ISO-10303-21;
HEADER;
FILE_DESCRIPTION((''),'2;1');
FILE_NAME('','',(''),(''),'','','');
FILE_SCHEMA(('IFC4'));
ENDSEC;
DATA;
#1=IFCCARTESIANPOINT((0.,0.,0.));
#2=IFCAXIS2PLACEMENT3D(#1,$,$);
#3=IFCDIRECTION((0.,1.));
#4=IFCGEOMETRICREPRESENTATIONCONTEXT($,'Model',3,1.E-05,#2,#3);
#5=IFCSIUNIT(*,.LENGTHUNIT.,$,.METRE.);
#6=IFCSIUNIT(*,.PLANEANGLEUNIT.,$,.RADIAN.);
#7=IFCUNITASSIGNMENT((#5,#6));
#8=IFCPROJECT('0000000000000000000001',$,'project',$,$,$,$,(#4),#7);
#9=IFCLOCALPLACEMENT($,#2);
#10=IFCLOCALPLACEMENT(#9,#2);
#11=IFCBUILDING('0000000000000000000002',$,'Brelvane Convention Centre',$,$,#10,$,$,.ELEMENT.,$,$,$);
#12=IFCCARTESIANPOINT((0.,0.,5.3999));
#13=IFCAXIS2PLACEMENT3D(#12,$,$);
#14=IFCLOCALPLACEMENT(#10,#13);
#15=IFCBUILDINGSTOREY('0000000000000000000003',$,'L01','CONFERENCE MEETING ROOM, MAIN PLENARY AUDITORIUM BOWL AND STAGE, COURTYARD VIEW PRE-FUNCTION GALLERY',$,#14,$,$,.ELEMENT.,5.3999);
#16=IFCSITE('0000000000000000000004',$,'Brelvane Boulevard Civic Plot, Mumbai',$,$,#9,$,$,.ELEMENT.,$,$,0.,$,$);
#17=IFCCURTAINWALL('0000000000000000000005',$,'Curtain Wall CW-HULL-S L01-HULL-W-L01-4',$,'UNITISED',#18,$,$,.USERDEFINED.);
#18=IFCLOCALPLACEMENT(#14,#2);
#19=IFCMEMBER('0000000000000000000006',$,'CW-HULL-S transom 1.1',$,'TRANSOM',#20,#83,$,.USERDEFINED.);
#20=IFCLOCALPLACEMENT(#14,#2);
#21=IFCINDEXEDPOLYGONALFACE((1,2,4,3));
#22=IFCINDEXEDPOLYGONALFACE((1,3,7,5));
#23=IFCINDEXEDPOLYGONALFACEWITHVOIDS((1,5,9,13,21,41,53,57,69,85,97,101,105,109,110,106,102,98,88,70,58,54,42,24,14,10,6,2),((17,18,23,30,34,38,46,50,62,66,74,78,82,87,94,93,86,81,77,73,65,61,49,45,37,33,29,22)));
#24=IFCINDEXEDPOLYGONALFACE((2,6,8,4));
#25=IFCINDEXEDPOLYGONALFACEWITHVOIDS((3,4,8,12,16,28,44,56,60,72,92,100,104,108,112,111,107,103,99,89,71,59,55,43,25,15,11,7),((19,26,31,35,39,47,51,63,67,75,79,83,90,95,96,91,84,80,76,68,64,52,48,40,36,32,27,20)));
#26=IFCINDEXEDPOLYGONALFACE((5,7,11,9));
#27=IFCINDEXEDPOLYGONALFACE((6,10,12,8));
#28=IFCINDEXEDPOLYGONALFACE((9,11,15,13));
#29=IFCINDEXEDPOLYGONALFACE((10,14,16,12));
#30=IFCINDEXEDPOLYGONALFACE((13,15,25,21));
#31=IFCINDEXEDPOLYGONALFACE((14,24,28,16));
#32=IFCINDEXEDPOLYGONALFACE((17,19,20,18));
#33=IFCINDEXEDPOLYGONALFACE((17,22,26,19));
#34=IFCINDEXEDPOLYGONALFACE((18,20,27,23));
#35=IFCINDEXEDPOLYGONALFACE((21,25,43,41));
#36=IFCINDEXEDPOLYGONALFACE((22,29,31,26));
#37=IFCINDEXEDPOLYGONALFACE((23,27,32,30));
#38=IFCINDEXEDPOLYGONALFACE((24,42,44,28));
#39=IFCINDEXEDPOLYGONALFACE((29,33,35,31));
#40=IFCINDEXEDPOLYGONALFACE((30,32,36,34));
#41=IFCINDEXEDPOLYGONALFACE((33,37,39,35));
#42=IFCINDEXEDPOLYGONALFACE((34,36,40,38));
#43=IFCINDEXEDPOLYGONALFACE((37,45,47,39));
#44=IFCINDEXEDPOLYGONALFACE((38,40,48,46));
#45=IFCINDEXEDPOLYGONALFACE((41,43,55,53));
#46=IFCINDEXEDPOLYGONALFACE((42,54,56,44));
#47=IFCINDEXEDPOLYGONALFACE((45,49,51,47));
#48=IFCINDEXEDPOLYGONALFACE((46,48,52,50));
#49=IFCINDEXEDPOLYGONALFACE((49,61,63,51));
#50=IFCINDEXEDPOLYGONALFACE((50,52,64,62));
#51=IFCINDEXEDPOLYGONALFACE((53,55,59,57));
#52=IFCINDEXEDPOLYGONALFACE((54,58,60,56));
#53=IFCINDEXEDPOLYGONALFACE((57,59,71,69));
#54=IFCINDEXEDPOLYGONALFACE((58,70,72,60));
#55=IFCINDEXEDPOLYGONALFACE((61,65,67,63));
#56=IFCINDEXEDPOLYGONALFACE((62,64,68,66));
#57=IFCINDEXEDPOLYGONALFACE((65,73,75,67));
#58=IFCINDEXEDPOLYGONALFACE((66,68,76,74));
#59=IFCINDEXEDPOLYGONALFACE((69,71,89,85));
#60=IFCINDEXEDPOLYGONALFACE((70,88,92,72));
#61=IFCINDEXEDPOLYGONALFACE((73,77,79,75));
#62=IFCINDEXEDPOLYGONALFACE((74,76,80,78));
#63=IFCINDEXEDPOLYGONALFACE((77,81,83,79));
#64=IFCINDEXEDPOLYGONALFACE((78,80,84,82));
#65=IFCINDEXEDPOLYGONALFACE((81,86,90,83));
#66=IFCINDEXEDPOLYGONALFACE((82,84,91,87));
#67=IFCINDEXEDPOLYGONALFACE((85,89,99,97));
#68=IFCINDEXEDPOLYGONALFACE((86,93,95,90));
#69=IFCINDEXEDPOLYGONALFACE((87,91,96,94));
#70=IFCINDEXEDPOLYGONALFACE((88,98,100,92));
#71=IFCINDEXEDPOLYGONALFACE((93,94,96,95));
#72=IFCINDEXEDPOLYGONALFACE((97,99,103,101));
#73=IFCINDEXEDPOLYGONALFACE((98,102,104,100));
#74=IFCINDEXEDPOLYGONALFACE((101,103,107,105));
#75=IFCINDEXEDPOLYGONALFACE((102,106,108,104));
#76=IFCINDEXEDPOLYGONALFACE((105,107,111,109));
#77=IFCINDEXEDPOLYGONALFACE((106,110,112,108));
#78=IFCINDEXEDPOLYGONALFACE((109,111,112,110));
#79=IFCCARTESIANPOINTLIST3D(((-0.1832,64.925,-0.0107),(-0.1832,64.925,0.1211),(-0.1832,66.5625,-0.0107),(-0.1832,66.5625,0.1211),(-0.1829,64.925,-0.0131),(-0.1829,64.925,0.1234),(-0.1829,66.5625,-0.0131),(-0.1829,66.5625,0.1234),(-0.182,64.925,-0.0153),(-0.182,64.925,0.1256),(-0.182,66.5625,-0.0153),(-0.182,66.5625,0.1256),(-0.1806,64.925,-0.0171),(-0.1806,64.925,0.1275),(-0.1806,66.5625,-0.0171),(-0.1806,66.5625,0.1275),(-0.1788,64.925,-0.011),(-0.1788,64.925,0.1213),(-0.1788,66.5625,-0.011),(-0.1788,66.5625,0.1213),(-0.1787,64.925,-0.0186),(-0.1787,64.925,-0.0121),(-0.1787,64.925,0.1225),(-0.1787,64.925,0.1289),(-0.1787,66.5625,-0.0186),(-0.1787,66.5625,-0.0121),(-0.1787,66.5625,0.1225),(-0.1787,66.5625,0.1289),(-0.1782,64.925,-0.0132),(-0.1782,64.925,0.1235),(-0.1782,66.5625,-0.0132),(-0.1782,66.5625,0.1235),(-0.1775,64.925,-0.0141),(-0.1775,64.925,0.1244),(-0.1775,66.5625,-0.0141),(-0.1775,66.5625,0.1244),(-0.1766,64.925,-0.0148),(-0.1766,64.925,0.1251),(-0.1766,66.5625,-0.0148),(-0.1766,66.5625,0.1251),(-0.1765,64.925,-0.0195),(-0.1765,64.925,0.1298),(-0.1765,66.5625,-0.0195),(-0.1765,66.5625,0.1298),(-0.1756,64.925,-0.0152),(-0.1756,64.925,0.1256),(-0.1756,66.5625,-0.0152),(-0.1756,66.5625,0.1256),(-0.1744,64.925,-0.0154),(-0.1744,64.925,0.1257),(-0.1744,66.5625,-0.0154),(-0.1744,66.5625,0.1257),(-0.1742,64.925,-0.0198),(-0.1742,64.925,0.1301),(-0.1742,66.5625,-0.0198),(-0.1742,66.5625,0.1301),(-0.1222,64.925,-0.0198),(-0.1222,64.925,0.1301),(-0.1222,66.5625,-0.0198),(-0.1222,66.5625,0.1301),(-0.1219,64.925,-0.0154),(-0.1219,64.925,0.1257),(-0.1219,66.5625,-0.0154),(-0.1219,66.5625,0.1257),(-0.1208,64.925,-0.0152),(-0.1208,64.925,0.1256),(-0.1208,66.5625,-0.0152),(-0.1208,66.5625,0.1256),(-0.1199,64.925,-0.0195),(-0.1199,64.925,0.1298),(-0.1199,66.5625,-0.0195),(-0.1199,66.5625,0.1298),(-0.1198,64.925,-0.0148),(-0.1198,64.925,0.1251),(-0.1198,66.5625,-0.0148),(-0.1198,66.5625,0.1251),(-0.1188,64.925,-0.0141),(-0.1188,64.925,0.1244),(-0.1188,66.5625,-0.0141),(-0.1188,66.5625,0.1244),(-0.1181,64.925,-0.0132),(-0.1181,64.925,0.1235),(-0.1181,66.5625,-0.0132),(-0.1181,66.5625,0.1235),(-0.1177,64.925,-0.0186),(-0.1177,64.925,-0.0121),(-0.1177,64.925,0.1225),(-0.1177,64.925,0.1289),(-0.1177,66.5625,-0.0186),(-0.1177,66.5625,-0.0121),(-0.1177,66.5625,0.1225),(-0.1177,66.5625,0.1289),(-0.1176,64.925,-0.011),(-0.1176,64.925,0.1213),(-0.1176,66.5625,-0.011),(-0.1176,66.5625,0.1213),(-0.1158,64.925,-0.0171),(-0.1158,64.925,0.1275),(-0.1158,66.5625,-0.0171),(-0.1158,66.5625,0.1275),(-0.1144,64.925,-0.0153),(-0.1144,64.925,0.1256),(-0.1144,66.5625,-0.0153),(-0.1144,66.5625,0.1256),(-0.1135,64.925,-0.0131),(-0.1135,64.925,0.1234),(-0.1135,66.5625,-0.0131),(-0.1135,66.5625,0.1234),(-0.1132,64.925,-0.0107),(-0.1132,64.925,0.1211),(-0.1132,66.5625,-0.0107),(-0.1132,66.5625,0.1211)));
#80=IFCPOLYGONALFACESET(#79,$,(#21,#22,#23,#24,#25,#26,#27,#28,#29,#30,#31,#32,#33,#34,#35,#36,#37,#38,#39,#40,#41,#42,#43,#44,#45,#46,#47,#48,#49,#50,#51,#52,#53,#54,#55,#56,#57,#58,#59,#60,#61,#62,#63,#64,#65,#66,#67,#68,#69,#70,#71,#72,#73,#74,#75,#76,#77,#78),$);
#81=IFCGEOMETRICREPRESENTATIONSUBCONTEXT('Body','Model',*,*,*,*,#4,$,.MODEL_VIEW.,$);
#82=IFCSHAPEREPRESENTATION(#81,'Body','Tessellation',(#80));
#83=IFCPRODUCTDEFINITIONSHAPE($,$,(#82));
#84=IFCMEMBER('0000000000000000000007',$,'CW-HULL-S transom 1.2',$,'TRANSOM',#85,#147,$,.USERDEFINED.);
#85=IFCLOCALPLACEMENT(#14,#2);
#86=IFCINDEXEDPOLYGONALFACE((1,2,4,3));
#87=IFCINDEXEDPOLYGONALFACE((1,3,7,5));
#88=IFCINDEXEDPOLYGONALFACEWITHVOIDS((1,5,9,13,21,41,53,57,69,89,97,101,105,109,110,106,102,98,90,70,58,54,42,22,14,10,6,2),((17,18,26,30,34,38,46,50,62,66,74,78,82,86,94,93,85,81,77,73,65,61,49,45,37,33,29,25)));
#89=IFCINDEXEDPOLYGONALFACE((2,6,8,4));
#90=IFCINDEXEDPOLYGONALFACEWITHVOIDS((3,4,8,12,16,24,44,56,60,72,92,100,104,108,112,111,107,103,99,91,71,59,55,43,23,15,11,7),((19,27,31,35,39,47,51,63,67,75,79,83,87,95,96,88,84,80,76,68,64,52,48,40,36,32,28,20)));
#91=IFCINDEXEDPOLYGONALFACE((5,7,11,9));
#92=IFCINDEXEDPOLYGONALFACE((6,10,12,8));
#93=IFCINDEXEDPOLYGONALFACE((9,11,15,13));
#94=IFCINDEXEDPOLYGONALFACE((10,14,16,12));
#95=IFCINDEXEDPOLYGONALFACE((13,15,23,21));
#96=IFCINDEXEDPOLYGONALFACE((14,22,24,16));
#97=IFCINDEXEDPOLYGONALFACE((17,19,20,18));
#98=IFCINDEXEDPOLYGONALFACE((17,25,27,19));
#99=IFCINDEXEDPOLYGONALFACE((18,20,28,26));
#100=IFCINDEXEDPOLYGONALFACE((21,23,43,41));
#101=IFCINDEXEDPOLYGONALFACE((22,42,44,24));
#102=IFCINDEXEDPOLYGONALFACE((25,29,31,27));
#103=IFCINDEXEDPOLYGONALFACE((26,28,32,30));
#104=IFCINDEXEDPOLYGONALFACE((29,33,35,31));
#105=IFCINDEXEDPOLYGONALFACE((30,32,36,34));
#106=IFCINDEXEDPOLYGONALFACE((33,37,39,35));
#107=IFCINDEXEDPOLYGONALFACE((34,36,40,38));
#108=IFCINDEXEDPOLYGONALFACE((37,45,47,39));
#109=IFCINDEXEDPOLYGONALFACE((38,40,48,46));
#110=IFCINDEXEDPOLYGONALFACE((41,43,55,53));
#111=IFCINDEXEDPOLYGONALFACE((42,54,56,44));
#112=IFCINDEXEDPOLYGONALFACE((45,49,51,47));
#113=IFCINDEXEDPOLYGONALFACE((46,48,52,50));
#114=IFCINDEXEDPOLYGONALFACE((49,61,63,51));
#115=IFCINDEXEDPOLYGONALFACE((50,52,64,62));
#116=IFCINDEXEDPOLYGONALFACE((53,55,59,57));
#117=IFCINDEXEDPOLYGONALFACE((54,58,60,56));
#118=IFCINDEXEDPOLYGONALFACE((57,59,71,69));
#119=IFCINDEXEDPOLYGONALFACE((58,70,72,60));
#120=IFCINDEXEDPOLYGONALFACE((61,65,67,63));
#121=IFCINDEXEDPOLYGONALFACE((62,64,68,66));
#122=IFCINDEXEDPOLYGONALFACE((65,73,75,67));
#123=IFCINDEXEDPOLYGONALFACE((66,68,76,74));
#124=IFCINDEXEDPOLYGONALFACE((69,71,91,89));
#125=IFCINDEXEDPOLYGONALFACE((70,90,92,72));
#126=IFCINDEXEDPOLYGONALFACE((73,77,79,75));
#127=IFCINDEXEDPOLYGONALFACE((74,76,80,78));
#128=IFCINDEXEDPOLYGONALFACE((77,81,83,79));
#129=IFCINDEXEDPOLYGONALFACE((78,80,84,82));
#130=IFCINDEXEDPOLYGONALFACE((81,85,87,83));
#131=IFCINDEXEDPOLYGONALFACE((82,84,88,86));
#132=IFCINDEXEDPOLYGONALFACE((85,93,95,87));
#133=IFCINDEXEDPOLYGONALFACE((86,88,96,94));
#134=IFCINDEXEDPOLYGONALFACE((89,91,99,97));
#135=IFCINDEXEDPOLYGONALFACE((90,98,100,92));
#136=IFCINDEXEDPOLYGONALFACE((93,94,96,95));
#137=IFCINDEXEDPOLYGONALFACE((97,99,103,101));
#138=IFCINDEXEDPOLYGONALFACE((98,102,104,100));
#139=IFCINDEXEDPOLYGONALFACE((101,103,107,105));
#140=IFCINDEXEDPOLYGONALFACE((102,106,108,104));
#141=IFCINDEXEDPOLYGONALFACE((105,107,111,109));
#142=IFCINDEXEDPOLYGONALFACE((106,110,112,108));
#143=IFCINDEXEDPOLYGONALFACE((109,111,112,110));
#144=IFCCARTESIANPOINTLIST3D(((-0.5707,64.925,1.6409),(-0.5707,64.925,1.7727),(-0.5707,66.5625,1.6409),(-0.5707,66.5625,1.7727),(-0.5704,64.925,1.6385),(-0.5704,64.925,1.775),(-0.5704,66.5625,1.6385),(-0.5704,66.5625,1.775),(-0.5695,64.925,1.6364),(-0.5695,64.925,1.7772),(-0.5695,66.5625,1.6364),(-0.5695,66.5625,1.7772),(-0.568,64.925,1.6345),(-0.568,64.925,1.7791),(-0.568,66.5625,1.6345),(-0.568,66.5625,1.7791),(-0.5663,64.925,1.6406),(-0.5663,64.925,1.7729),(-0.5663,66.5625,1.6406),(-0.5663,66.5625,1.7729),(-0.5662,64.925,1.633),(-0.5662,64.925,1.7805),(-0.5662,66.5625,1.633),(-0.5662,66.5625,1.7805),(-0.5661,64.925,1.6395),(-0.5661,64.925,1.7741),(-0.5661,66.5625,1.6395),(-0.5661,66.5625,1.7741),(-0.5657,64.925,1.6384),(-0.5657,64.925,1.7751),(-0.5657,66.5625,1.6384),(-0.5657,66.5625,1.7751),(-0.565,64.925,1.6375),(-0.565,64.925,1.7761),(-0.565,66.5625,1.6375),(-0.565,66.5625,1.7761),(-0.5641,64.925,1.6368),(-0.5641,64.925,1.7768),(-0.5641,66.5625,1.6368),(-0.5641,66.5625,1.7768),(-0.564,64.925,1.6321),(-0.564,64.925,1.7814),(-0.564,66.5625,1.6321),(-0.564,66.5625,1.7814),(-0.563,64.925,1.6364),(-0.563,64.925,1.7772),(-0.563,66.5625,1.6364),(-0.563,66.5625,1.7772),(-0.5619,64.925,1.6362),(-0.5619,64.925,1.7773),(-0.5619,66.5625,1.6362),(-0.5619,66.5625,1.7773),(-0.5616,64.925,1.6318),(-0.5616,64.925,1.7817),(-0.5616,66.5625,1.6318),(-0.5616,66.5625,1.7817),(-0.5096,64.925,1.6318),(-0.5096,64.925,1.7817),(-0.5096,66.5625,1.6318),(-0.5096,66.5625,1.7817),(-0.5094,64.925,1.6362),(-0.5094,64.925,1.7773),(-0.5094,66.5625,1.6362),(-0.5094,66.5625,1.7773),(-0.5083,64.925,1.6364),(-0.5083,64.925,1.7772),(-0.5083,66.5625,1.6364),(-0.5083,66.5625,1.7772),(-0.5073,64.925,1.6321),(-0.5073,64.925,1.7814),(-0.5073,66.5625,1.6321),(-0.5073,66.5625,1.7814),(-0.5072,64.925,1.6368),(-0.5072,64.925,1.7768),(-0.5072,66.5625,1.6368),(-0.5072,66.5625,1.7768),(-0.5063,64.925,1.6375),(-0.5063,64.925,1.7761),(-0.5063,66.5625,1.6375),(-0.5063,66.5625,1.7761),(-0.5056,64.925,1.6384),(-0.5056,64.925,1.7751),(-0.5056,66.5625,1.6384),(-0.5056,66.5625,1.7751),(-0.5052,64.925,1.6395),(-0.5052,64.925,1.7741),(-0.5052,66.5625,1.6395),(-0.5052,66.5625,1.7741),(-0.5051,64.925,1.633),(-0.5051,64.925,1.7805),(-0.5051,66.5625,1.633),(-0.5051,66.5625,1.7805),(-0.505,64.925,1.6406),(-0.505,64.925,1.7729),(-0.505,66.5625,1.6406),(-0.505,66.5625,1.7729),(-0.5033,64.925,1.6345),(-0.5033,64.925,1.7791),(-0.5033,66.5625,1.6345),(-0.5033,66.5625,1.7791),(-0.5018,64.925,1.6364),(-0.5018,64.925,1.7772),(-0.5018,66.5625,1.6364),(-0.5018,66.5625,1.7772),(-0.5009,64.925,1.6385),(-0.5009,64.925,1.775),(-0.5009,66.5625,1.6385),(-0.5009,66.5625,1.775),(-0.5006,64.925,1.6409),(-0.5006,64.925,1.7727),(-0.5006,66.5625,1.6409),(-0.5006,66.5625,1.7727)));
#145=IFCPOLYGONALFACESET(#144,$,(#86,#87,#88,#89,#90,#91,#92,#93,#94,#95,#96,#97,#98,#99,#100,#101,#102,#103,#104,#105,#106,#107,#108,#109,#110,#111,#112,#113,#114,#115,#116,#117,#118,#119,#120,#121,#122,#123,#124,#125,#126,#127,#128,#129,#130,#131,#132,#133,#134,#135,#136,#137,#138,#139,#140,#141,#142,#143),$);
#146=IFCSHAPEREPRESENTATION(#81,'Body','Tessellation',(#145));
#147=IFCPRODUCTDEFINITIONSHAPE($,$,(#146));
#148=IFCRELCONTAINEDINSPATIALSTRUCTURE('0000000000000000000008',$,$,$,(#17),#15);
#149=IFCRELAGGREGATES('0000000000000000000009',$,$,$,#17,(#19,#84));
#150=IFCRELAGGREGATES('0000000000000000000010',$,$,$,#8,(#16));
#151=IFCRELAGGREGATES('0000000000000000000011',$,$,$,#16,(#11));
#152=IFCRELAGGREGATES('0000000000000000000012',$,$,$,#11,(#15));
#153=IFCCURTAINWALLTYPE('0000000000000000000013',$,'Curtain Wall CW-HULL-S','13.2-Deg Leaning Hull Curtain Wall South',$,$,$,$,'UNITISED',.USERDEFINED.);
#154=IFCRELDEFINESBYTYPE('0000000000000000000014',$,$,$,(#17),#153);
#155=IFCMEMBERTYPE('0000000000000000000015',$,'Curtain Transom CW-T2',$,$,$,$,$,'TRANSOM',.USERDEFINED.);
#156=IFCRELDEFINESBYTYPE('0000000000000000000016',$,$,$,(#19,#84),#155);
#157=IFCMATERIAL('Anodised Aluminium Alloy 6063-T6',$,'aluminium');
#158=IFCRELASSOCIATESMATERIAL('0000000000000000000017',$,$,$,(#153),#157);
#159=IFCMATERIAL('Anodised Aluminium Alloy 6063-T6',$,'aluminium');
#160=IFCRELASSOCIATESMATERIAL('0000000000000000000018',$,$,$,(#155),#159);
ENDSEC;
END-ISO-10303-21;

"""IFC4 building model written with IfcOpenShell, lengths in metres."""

from ifc_helpers import new_model, si_unit, direction, frame, origin, origin_2d, place, context, subcontext, project, spatial, hollow_rectangle, extrude, material, material_profile, profile_set, type_object, element, aggregate, save


model = new_model("IFC4")

# Units and contexts
model_context = context("Model", 3, precision=1e-05, world=origin(), true_north=direction((0.0, 1.0)))
body_context = subcontext(model_context, "Body", "Model", "MODEL_VIEW")
ifc_project = project(units=[si_unit("LENGTHUNIT", "METRE"), si_unit("PLANEANGLEUNIT", "RADIAN")], contexts=[model_context])

# Site, building, storey
site_placement = place(None, origin())
site = spatial("IfcSite", under=ifc_project, at=site_placement, Name="Brelvane Boulevard Civic Plot, Mumbai", CompositionType="ELEMENT", RefElevation=0.0)
building_placement = place(site_placement, origin())
building = spatial("IfcBuilding", under=site, at=building_placement, Name="Brelvane Convention Centre", CompositionType="ELEMENT")
storey_placement = place(building_placement, frame((0.0, 0.0, 5.3999)))
storey = spatial("IfcBuildingStorey", under=building, at=storey_placement, Name="L01", Description="CONFERENCE MEETING ROOM, MAIN PLENARY AUDITORIUM BOWL AND STAGE, COURTYARD VIEW PRE-FUNCTION GALLERY", CompositionType="ELEMENT", Elevation=5.3999)

# Curtain wall, members
ifc_material_1 = material(Name="Anodised Aluminium Alloy 6063-T6", Category="aluminium")
curtain_wall_type = type_object("IfcCurtainWallType", Name="Curtain Wall CW-HULL-S", Description="13.2-Deg Leaning Hull Curtain Wall South", ElementType="UNITISED", PredefinedType="USERDEFINED", material=ifc_material_1)
curtain_wall_placement = place(storey_placement, origin())
curtain_wall = element("IfcCurtainWall", 1, at=curtain_wall_placement, inside=storey, type_object=curtain_wall_type, Name="Curtain Wall CW-HULL-S L01-HULL-W-L01-4", ObjectType="UNITISED", PredefinedType="USERDEFINED")
ifc_material_2 = material(Name="Anodised Aluminium Alloy 6063-T6", Category="aluminium")
ifc_material_profile_1 = material_profile(ifc_material_2, hollow_rectangle(XDim=0.0701, YDim=0.1499, WallThickness=0.0044, InnerFilletRadius=0.0044, OuterFilletRadius=0.009, at=origin_2d()), Name="ALU-T 150x70x4.5")
ifc_profile_set_1 = profile_set([ifc_material_profile_1], Name="Anodised Aluminium Alloy 6063-T6")
member_type_1 = type_object("IfcMemberType", Name="Curtain Transom CW-T2", ElementType="TRANSOM", PredefinedType="USERDEFINED", material=ifc_profile_set_1)
member_1_placement = place(storey_placement, frame((-0.1482, 64.925, 0.0552), z_axis=(0.0, 1.0, 0.0), x_axis=(-1.0, 0.0, 0.0)))
member_1 = element("IfcMember", 2, at=member_1_placement, type_object=member_type_1, Name="CW-HULL-S transom 1.1", ObjectType="TRANSOM", PredefinedType="USERDEFINED", context=body_context, shape_type="SweptSolid", body=[
    extrude(hollow_rectangle(XDim=0.0701, YDim=0.1499, WallThickness=0.0044, InnerFilletRadius=0.0044, OuterFilletRadius=0.009, at=origin_2d()), origin(), (0.0, 0.0, 1.0), 1.6375),
])
member_2_placement = place(storey_placement, frame((-0.5356, 64.925, 1.7068), z_axis=(0.0, 1.0, 0.0), x_axis=(-1.0, 0.0, 0.0)))
member_2 = element("IfcMember", 3, at=member_2_placement, type_object=member_type_1, Name="CW-HULL-S transom 1.2", ObjectType="TRANSOM", PredefinedType="USERDEFINED", context=body_context, shape_type="SweptSolid", body=[
    extrude(hollow_rectangle(XDim=0.0701, YDim=0.1499, WallThickness=0.0044, InnerFilletRadius=0.0044, OuterFilletRadius=0.009, at=origin_2d()), origin(), (0.0, 0.0, 1.0), 1.6375),
])
aggregate(curtain_wall, [member_1, member_2])

save(model, "model.ifc")
